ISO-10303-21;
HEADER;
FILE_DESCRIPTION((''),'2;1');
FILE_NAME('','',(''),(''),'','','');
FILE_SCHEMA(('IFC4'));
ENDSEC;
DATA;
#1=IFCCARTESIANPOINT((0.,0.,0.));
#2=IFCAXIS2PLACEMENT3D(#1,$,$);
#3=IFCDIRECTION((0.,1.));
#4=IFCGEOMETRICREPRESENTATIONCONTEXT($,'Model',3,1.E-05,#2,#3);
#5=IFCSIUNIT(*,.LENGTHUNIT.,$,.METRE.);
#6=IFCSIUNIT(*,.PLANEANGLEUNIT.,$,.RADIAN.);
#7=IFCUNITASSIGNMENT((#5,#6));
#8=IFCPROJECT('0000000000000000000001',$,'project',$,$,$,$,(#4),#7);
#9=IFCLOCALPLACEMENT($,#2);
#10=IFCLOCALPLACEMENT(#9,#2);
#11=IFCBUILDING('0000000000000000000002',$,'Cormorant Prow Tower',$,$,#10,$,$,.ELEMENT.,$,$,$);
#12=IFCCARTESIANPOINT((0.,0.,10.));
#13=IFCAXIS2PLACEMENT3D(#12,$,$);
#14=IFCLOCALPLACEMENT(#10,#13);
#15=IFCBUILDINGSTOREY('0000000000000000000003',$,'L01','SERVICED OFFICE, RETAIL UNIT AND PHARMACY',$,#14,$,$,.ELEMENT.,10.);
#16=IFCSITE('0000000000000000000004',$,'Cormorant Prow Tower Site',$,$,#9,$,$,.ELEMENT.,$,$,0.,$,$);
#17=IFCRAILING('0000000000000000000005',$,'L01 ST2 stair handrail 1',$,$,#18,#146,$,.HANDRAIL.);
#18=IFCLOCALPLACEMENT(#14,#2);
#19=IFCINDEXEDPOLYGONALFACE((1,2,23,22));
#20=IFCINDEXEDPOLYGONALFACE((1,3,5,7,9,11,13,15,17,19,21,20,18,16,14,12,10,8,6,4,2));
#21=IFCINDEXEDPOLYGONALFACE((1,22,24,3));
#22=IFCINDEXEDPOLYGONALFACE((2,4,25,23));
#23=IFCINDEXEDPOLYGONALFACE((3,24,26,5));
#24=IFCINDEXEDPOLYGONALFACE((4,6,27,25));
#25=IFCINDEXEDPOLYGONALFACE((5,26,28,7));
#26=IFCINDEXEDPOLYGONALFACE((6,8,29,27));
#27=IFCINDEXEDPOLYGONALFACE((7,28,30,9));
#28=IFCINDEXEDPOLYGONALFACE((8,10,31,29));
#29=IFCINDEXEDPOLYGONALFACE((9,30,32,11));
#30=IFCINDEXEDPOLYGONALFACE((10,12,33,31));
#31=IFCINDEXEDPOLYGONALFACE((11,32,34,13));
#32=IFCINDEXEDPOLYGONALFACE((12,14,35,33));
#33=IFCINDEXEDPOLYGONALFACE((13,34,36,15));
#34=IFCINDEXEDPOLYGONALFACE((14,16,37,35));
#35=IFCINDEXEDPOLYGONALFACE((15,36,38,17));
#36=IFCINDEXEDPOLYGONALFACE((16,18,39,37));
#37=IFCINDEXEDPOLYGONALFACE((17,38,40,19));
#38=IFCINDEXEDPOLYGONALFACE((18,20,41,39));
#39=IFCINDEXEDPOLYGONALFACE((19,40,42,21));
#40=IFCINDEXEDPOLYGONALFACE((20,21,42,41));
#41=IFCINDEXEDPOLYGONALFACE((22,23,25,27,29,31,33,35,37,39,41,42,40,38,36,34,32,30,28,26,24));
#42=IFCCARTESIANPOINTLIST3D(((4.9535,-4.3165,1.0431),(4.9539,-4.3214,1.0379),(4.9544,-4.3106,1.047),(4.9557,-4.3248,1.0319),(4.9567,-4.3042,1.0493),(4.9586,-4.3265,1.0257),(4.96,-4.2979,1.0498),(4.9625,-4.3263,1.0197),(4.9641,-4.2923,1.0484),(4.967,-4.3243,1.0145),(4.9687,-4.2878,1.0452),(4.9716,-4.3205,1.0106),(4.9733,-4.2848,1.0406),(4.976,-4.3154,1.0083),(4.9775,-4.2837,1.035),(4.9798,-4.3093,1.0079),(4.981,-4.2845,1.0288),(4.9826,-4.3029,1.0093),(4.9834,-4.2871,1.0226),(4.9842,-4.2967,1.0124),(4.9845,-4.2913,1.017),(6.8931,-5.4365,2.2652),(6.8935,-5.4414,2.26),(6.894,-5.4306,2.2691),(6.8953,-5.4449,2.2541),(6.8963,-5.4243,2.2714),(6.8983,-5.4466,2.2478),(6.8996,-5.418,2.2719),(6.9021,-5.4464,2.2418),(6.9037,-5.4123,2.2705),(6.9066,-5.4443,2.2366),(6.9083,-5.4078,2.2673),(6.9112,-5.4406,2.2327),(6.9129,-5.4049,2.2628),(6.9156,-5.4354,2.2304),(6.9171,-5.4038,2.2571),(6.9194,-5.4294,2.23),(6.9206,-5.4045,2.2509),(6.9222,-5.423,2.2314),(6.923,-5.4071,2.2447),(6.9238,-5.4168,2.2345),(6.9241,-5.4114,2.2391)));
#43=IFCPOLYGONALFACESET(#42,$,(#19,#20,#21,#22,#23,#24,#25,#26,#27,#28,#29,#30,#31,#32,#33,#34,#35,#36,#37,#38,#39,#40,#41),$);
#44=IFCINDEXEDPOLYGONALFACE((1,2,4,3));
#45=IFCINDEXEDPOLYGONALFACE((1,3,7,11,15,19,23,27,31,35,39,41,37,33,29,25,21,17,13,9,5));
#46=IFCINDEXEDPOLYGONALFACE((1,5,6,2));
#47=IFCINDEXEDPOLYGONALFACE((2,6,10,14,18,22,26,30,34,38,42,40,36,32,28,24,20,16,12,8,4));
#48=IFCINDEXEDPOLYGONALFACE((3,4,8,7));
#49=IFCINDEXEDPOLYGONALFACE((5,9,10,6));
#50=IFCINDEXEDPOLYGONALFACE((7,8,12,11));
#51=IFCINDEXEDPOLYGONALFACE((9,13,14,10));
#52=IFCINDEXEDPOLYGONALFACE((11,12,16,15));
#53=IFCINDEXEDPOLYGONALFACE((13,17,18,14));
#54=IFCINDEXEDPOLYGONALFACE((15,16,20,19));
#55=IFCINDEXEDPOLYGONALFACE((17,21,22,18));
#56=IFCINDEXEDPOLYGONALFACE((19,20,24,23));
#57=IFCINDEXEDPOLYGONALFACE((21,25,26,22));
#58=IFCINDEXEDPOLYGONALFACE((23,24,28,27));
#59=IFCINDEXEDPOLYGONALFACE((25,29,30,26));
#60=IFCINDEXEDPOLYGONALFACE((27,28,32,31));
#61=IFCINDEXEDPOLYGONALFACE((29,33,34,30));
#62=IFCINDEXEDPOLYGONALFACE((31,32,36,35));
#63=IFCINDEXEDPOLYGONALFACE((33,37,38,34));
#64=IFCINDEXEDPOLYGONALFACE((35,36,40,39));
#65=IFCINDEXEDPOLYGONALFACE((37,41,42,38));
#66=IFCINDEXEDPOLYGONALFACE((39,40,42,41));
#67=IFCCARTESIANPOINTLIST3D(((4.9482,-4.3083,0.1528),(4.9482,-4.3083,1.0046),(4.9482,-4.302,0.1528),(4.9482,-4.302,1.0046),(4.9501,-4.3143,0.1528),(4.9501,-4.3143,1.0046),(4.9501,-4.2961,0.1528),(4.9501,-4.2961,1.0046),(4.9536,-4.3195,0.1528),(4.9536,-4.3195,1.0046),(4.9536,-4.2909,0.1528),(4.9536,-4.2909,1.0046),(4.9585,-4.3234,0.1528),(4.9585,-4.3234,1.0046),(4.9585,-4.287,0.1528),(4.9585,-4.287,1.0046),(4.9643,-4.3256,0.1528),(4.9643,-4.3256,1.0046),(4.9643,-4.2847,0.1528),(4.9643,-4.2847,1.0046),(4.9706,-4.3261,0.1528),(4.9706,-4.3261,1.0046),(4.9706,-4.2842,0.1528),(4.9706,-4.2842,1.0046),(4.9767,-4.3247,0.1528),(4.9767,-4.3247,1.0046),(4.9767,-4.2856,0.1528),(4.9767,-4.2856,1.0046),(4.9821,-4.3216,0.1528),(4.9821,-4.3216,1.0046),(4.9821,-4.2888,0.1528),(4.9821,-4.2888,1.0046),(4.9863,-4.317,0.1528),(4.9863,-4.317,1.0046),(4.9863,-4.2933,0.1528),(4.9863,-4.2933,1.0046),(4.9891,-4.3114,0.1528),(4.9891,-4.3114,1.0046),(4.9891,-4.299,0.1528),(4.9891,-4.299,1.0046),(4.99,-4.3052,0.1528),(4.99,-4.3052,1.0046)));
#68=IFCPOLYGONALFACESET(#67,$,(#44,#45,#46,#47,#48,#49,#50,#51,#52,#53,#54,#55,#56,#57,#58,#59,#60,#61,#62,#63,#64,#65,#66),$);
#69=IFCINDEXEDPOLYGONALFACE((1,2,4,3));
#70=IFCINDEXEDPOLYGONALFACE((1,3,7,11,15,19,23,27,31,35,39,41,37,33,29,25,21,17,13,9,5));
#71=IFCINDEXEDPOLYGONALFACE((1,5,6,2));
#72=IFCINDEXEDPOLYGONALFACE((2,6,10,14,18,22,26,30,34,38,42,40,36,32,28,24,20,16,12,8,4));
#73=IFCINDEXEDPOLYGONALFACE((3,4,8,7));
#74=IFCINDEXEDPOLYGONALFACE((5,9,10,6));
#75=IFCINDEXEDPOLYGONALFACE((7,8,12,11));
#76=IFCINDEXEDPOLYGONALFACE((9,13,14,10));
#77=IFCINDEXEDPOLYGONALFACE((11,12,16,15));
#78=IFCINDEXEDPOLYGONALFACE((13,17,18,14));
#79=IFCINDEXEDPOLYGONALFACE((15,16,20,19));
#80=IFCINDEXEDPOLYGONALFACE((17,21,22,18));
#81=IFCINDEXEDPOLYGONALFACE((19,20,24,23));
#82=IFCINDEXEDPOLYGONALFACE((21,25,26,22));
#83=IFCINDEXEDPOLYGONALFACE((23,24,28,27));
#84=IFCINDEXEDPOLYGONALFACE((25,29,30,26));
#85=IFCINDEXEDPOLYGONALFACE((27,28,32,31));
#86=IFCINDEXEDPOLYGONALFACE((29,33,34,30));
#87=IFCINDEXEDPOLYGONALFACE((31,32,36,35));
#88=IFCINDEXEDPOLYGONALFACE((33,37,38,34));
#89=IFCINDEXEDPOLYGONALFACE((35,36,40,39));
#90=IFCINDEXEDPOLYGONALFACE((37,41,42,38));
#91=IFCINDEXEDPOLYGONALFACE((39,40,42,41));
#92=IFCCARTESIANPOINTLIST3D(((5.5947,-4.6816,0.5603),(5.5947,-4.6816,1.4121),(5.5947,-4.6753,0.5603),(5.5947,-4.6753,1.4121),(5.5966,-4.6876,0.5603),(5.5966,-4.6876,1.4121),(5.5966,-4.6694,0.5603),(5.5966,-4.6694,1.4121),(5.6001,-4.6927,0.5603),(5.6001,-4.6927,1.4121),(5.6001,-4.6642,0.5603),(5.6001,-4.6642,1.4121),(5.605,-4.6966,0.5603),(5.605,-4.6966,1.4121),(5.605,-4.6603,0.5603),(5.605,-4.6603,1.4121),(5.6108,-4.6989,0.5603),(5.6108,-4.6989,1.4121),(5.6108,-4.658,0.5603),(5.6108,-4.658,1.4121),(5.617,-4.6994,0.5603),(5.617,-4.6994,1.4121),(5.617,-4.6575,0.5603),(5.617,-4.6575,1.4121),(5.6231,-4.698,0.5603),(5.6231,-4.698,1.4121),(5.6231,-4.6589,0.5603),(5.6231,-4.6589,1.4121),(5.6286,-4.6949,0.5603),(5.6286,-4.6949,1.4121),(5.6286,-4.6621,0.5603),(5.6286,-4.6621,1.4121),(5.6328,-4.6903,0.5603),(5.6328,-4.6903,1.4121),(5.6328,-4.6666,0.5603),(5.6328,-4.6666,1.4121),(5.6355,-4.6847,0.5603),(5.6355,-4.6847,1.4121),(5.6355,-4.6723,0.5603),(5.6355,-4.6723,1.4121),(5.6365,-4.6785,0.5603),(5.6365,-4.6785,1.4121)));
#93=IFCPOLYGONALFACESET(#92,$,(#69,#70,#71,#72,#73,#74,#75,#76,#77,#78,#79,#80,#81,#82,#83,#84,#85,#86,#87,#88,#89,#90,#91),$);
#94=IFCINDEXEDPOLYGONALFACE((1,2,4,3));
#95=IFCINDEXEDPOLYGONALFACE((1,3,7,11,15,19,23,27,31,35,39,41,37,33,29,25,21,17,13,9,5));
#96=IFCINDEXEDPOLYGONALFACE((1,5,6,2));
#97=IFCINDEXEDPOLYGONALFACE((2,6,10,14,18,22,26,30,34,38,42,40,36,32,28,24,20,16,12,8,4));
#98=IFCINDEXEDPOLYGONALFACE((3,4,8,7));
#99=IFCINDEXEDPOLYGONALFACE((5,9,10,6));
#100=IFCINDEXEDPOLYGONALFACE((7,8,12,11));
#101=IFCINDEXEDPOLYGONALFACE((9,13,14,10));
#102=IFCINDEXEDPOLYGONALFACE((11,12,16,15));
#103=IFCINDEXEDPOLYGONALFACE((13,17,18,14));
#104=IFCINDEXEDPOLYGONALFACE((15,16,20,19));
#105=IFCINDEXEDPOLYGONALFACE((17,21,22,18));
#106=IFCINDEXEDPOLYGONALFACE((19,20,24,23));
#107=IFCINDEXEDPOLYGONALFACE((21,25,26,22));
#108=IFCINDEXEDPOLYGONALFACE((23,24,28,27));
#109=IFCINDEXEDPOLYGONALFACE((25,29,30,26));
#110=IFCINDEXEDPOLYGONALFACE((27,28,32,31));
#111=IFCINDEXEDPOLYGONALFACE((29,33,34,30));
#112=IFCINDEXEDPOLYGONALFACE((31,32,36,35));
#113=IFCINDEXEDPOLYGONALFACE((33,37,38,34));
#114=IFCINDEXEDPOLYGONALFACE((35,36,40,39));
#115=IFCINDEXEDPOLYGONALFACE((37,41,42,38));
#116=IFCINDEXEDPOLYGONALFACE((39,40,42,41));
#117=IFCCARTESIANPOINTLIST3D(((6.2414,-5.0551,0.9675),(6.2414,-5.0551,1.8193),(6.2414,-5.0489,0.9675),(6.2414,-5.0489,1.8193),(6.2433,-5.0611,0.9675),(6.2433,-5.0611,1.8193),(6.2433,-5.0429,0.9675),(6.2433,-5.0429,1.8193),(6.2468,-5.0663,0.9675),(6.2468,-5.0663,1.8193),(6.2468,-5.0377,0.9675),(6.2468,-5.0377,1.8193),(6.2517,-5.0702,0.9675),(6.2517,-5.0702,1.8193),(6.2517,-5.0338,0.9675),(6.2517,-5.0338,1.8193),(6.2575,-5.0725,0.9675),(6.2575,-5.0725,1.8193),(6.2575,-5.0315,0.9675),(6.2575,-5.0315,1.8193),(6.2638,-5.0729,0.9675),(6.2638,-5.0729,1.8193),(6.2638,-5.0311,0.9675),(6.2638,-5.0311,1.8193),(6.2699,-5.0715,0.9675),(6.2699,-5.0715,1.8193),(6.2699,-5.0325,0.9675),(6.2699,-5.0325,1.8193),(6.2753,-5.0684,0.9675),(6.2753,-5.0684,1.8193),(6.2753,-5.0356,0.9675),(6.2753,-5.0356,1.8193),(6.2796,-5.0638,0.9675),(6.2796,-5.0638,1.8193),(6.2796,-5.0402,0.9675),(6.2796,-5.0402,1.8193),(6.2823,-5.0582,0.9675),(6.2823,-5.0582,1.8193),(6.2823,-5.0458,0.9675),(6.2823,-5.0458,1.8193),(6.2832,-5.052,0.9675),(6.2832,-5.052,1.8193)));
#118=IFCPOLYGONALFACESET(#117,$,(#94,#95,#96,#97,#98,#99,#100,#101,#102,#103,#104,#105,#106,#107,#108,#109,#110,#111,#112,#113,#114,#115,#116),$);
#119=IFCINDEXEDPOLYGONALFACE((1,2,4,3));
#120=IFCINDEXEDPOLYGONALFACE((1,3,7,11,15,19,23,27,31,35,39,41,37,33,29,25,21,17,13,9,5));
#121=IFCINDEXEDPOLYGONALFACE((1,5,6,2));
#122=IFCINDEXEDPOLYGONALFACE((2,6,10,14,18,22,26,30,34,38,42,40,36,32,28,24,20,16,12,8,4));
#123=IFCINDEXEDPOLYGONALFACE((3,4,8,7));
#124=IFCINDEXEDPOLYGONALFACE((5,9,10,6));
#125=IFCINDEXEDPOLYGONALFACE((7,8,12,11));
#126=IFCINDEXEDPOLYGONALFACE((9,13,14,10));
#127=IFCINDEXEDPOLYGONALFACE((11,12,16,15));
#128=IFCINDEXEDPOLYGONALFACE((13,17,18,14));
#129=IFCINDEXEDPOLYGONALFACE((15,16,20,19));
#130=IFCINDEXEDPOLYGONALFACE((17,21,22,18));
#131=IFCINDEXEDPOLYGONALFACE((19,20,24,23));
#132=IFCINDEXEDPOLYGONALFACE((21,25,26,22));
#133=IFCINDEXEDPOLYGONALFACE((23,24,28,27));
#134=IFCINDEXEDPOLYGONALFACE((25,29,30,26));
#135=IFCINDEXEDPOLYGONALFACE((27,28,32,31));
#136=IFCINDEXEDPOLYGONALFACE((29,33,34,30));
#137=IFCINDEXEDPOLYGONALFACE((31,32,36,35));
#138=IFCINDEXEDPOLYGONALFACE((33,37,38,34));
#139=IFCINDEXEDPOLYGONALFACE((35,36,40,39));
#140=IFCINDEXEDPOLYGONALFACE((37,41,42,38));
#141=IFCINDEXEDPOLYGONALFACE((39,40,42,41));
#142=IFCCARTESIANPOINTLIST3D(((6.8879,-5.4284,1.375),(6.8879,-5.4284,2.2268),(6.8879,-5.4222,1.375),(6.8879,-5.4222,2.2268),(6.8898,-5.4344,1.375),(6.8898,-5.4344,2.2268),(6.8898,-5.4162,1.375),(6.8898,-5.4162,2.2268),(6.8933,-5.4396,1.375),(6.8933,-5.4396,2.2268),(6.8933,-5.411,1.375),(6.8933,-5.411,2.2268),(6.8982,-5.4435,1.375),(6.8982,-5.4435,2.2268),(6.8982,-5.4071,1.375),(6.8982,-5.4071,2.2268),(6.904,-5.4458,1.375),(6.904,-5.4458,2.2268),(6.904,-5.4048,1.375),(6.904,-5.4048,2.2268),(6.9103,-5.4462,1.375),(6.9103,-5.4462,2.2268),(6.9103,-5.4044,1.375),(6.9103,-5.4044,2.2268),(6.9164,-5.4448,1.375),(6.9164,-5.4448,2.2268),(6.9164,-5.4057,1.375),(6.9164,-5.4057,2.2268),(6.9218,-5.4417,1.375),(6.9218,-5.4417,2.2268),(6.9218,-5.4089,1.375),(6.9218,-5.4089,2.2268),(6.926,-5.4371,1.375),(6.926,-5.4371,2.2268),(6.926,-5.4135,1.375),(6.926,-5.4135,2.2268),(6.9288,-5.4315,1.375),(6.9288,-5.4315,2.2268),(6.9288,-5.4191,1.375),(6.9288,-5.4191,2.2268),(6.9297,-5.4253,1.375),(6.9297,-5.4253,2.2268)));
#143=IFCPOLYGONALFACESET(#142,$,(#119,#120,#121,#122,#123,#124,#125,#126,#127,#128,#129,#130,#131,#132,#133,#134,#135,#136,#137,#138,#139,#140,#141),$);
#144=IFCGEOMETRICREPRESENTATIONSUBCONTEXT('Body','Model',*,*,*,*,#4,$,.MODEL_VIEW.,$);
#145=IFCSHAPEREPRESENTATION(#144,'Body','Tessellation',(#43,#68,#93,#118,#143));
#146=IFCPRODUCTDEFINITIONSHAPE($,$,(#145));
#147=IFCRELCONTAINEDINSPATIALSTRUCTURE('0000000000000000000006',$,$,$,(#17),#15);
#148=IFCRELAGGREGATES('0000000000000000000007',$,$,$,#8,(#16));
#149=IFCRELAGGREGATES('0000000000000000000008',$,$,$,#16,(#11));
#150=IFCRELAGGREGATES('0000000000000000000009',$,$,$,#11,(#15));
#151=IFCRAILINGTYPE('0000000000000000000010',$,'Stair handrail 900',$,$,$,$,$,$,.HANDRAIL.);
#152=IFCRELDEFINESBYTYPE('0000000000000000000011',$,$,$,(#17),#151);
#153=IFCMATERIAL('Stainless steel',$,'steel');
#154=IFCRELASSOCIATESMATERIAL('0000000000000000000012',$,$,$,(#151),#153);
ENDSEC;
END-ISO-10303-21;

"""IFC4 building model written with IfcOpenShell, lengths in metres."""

from ifc_helpers import new_model, si_unit, direction, frame, origin, origin_2d, place, context, subcontext, project, spatial, circle, extrude, material, type_object, element, save


model = new_model("IFC4")

# Units and contexts
model_context = context("Model", 3, precision=1e-05, world=origin(), true_north=direction((0.0, 1.0)))
body_context = subcontext(model_context, "Body", "Model", "MODEL_VIEW")
ifc_project = project(units=[si_unit("LENGTHUNIT", "METRE"), si_unit("PLANEANGLEUNIT", "RADIAN")], contexts=[model_context])

# Site, building, storey
site_placement = place(None, origin())
site = spatial("IfcSite", under=ifc_project, at=site_placement, Name="Cormorant Prow Tower Site", CompositionType="ELEMENT", RefElevation=0.0)
building_placement = place(site_placement, origin())
building = spatial("IfcBuilding", under=site, at=building_placement, Name="Cormorant Prow Tower", CompositionType="ELEMENT")
storey_placement = place(building_placement, frame((0.0, 0.0, 10.0)))
storey = spatial("IfcBuildingStorey", under=building, at=storey_placement, Name="L01", Description="SERVICED OFFICE, RETAIL UNIT AND PHARMACY", CompositionType="ELEMENT", Elevation=10.0)

# Railing
ifc_material_1 = material(Name="Stainless steel", Category="steel")
railing_type_1 = type_object("IfcRailingType", Name="Stair handrail 900", PredefinedType="HANDRAIL", material=ifc_material_1)
railing_1_placement = place(storey_placement, frame((4.969, -4.3052, 0.1528)))
element("IfcRailing", 1, at=railing_1_placement, inside=storey, type_object=railing_type_1, Name="L01 ST2 stair handrail 1", PredefinedType="HANDRAIL", context=body_context, shape_type="SweptSolid", body=[
    extrude(circle(Radius=0.0239, at=origin_2d()), frame((0.0, 0.0, 0.876), z_axis=(0.760182, -0.438982, 0.478977), x_axis=(0.500078, 0.86598, 0.0)), (0.0, 0.0, 1.0), 2.5515),
    extrude(circle(Radius=0.021, at=origin_2d()), origin(), (0.0, 0.0, 1.0), 0.8518),
    extrude(circle(Radius=0.021, at=origin_2d()), frame((0.6465, -0.3733, 0.4075)), (0.0, 0.0, 1.0), 0.8518),
    extrude(circle(Radius=0.021, at=origin_2d()), frame((1.2932, -0.7468, 0.8147)), (0.0, 0.0, 1.0), 0.8518),
    extrude(circle(Radius=0.021, at=origin_2d()), frame((1.9397, -1.1201, 1.2222)), (0.0, 0.0, 1.0), 0.8518),
])

save(model, "model.ifc")
